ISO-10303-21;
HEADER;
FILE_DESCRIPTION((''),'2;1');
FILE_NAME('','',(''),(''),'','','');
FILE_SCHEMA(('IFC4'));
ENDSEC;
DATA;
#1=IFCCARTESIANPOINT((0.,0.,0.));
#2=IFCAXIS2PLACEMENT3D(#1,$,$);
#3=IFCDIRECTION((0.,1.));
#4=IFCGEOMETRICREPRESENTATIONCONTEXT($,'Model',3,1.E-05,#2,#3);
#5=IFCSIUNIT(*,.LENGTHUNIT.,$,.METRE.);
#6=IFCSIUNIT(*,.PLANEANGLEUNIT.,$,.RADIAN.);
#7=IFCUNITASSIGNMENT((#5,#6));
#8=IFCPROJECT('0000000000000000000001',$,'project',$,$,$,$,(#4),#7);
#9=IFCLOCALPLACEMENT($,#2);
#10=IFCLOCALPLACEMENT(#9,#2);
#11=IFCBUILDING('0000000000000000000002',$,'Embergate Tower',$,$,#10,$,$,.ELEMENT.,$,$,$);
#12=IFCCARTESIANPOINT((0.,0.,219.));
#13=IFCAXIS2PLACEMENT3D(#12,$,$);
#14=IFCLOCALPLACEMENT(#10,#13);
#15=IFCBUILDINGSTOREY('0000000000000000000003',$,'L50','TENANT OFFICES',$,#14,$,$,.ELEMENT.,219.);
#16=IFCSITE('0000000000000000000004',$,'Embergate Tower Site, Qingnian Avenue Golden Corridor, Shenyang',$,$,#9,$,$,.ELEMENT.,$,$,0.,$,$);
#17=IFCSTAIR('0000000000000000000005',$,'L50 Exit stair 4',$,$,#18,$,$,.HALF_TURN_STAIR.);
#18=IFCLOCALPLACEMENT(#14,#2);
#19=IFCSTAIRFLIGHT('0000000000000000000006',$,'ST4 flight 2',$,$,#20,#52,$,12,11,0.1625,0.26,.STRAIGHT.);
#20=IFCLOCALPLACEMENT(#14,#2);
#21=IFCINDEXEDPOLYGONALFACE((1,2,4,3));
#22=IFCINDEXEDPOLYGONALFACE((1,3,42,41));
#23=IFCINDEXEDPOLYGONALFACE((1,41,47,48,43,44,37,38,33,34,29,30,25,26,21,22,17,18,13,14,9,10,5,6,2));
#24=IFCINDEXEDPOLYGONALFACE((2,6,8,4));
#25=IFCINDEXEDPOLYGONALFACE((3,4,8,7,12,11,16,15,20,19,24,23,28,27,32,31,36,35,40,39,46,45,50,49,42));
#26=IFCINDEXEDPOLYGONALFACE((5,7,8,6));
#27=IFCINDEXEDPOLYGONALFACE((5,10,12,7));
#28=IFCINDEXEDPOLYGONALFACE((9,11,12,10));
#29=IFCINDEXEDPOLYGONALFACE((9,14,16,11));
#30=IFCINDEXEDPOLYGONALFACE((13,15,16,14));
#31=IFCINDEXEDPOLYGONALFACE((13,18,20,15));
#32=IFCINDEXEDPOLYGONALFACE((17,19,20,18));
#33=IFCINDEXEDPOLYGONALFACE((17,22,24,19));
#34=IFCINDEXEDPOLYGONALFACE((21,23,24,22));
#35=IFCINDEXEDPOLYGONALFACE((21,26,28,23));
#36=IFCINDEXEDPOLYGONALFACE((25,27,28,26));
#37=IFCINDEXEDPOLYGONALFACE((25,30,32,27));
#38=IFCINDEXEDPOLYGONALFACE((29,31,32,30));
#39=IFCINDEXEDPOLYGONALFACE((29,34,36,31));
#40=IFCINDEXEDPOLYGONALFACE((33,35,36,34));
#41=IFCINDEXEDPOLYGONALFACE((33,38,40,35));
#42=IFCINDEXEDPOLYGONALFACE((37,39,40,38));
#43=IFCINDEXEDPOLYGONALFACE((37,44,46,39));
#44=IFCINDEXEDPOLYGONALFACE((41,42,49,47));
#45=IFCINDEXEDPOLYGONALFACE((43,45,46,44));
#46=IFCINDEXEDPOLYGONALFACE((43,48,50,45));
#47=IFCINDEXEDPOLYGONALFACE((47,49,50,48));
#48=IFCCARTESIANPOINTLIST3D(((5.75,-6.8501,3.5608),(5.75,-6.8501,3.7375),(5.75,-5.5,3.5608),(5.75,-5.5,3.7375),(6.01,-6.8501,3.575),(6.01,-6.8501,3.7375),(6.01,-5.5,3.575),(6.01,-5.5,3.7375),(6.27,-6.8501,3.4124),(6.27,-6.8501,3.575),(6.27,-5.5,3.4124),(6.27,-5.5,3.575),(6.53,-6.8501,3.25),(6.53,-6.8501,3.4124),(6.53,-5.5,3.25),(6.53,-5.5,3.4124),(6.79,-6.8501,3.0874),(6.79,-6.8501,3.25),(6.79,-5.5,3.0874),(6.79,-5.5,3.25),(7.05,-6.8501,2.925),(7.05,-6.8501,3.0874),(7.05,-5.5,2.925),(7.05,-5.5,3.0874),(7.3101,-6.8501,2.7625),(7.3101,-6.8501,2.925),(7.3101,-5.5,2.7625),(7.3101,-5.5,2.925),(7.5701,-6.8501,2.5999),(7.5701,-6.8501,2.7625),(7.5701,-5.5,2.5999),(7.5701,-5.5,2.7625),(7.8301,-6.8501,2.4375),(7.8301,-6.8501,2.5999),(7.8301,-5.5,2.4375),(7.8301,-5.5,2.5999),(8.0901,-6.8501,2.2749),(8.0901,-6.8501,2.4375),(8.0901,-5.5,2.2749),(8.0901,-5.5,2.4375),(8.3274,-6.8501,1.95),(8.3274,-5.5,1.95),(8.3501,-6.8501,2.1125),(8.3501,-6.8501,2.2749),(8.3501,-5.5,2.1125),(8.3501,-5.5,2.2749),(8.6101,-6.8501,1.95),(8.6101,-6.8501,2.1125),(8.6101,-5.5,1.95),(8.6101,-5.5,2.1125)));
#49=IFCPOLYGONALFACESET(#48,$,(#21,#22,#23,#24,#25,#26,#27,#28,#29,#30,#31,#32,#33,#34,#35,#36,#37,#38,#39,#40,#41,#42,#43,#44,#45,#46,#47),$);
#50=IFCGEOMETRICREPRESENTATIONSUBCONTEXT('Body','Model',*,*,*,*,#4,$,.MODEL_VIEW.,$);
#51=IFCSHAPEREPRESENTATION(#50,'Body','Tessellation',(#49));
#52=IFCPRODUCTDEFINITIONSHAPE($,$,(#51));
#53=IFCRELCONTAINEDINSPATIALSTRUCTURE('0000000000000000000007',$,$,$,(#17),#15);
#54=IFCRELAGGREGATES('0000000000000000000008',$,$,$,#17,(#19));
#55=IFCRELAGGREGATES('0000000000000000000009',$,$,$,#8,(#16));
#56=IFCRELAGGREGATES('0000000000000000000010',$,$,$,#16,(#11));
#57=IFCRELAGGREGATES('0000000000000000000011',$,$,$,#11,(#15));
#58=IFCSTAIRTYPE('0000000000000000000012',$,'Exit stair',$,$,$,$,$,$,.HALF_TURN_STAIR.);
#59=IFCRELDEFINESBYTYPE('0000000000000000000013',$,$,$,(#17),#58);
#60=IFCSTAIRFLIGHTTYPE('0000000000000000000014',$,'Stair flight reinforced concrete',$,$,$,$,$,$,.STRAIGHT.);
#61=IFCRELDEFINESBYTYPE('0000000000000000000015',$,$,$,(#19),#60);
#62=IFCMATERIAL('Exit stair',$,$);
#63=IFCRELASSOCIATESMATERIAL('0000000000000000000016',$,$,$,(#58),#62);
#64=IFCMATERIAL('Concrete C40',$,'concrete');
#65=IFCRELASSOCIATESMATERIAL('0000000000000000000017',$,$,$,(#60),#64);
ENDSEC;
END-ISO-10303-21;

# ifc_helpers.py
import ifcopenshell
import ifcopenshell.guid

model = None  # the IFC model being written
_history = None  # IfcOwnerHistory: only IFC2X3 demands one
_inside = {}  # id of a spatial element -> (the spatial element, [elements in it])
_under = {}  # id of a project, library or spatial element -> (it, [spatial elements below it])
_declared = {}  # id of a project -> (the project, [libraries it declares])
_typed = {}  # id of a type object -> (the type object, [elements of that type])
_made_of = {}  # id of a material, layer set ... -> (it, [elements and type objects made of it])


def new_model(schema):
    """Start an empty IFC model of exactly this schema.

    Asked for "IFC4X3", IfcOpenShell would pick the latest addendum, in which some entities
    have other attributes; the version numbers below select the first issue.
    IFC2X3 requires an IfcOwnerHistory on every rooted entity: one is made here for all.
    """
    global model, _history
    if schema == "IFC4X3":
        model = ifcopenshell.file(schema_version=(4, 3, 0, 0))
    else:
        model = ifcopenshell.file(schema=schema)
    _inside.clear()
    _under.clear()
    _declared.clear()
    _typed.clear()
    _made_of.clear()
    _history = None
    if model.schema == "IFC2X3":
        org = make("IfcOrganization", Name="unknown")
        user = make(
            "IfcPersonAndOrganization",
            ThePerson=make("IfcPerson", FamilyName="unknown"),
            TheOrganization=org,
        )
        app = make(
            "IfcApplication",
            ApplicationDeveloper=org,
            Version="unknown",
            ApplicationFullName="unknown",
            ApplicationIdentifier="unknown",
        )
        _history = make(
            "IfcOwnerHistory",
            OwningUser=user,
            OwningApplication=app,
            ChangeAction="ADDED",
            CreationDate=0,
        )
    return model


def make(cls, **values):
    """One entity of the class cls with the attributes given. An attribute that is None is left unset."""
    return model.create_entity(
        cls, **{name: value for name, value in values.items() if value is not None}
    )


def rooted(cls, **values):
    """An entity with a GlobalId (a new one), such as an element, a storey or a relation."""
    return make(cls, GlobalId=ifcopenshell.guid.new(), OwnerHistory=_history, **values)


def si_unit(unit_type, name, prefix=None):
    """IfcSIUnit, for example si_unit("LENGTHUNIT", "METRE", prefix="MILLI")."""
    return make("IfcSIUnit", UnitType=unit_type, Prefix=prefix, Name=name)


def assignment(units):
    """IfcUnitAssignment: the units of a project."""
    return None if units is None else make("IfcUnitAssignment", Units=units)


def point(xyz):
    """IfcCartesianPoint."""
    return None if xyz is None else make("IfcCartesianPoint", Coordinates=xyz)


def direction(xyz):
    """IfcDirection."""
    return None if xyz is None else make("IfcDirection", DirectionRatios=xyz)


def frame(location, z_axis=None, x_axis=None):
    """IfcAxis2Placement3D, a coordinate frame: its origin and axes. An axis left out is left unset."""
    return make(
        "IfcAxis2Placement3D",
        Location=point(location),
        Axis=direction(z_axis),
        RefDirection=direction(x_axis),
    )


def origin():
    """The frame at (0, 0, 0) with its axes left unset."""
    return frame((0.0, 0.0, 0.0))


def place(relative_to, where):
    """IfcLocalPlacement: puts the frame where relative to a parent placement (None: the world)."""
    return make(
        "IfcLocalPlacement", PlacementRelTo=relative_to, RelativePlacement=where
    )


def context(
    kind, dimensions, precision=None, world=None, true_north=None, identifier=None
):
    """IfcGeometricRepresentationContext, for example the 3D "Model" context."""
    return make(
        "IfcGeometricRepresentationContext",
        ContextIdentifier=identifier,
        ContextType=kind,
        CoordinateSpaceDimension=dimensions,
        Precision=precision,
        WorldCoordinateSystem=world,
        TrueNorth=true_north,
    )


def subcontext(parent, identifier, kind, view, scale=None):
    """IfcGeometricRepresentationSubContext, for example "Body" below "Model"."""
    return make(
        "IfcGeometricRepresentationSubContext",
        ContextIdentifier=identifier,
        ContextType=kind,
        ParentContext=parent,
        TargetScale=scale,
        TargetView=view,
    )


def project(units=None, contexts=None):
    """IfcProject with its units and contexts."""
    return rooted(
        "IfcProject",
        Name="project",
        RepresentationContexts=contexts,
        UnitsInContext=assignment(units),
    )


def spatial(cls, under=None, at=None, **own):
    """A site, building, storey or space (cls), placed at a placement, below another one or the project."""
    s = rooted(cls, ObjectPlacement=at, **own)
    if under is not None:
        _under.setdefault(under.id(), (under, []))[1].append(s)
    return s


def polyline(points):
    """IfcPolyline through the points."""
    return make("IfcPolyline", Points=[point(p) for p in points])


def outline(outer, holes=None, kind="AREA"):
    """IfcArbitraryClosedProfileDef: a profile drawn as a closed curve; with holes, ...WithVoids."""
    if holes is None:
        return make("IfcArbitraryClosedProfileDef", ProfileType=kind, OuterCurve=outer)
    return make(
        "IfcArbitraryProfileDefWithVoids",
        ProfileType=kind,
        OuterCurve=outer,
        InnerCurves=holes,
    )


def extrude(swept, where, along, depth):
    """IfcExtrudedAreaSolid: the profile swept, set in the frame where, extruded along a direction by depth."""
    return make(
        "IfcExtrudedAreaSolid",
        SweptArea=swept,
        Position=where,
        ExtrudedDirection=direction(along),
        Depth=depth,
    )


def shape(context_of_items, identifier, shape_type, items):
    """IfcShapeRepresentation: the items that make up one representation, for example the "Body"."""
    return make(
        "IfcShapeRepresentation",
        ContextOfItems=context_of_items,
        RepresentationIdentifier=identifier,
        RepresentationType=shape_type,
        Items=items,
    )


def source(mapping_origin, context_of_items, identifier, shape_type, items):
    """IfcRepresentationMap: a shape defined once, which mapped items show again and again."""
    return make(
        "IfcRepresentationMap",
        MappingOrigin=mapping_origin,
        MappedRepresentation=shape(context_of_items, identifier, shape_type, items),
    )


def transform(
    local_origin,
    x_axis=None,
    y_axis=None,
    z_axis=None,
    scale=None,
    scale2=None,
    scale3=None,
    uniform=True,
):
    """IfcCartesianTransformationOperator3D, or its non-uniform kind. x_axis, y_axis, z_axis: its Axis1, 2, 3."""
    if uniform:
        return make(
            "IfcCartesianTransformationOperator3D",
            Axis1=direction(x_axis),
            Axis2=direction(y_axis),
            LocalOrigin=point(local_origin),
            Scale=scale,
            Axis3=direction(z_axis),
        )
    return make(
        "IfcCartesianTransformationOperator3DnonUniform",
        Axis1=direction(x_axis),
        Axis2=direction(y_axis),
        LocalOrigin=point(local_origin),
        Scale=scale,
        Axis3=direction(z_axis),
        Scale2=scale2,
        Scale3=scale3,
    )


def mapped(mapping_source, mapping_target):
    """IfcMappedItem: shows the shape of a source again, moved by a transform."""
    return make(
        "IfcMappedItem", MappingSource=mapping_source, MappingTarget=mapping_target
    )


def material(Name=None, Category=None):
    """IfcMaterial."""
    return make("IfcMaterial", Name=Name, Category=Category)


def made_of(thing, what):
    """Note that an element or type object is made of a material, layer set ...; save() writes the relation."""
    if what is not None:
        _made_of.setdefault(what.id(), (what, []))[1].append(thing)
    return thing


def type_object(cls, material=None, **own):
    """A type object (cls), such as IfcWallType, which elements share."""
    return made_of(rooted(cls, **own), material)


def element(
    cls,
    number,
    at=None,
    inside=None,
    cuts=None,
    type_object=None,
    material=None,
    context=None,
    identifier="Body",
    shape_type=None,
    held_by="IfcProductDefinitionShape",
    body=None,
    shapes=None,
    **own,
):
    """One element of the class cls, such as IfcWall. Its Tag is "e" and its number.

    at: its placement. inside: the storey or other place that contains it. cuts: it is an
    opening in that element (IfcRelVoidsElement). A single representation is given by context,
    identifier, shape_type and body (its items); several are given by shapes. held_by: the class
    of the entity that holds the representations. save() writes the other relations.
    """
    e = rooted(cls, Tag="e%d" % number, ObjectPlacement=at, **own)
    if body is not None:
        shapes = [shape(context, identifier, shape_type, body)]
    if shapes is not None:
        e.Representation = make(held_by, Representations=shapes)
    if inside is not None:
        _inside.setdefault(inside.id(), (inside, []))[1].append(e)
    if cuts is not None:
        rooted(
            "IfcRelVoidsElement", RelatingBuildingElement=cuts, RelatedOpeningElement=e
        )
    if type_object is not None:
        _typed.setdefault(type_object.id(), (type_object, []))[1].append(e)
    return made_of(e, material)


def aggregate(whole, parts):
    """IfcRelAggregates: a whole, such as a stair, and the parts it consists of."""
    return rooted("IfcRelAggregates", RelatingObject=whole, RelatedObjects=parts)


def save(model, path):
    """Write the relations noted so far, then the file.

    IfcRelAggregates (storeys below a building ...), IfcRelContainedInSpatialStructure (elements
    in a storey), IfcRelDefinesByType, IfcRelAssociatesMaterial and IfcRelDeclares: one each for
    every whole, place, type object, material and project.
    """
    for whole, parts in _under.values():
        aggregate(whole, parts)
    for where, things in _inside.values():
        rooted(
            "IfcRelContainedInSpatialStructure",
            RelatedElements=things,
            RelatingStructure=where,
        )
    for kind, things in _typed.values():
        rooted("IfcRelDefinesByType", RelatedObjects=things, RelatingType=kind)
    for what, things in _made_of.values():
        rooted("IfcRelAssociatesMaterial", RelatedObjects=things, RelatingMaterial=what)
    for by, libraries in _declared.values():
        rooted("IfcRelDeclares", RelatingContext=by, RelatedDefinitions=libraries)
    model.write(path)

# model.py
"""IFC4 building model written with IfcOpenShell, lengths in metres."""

from ifc_helpers import new_model, si_unit, direction, frame, origin, place, context, subcontext, project, spatial, polyline, outline, extrude, source, transform, mapped, material, type_object, element, aggregate, save


model = new_model("IFC4")

# Units and contexts
model_context = context("Model", 3, precision=1e-05, world=origin(), true_north=direction((0.0, 1.0)))
body_context = subcontext(model_context, "Body", "Model", "MODEL_VIEW")
ifc_project = project(units=[si_unit("LENGTHUNIT", "METRE"), si_unit("PLANEANGLEUNIT", "RADIAN")], contexts=[model_context])

# Site, building, storey
site_placement = place(None, origin())
site = spatial("IfcSite", under=ifc_project, at=site_placement, Name="Embergate Tower Site, Qingnian Avenue Golden Corridor, Shenyang", CompositionType="ELEMENT", RefElevation=0.0)
building_placement = place(site_placement, origin())
building = spatial("IfcBuilding", under=site, at=building_placement, Name="Embergate Tower", CompositionType="ELEMENT")
storey_placement = place(building_placement, frame((0.0, 0.0, 219.0)))
storey = spatial("IfcBuildingStorey", under=building, at=storey_placement, Name="L50", Description="TENANT OFFICES", CompositionType="ELEMENT", Elevation=219.0)

# Stair
ifc_material_1 = material(Name="Exit stair")
stair_type = type_object("IfcStairType", Name="Exit stair", PredefinedType="HALF_TURN_STAIR", material=ifc_material_1)
stair_placement = place(storey_placement, origin())
stair = element("IfcStair", 1, at=stair_placement, inside=storey, type_object=stair_type, Name="L50 Exit stair 4", PredefinedType="HALF_TURN_STAIR")
ifc_material_2 = material(Name="Concrete C40", Category="concrete")

# Stair flight
stair_flight_type = type_object("IfcStairFlightType", Name="Stair flight reinforced concrete", PredefinedType="STRAIGHT", material=ifc_material_2)
shared_shape_1 = source(origin(), body_context, "Body", "SweptSolid", [
    extrude(outline(polyline([(0.0, 0.0), (0.0, 0.1626), (0.26, 0.1626), (0.26, 0.325), (0.52, 0.325), (0.52, 0.4875), (0.78, 0.4875), (0.78, 0.6499), (1.04, 0.6499), (1.04, 0.8125), (1.3, 0.8125), (1.3, 0.9751), (1.5601, 0.9751), (1.5601, 1.1375), (1.8201, 1.1375), (1.8201, 1.3), (2.0801, 1.3), (2.0801, 1.4624), (2.3401, 1.4624), (2.3401, 1.625), (2.6001, 1.625), (2.6001, 1.7876), (2.8601, 1.7876), (2.8601, 1.95), (2.8601, 1.6108), (0.2827, 0.0), (0.0, 0.0)])), frame((0.0, 0.675, 0.0), z_axis=(0.0, -1.0, 0.0), x_axis=(1.0, 0.0, 0.0)), (0.0, 0.0, 1.0), 1.3501),
])
stair_flight_placement = place(storey_placement, frame((8.6101, -6.175, 1.95), z_axis=(0.0, 0.0, 1.0), x_axis=(-1.0, 0.0, 0.0)))
stair_flight = element("IfcStairFlight", 2, at=stair_flight_placement, type_object=stair_flight_type, Name="ST4 flight 2", NumberOfRisers=12, NumberOfTreads=11, PredefinedType="STRAIGHT", RiserHeight=0.1625, TreadLength=0.26, context=body_context, shape_type="MappedRepresentation", body=[
    mapped(shared_shape_1, transform((0.0, 0.0, 0.0))),
])
aggregate(stair, [stair_flight])

save(model, "model.ifc")
